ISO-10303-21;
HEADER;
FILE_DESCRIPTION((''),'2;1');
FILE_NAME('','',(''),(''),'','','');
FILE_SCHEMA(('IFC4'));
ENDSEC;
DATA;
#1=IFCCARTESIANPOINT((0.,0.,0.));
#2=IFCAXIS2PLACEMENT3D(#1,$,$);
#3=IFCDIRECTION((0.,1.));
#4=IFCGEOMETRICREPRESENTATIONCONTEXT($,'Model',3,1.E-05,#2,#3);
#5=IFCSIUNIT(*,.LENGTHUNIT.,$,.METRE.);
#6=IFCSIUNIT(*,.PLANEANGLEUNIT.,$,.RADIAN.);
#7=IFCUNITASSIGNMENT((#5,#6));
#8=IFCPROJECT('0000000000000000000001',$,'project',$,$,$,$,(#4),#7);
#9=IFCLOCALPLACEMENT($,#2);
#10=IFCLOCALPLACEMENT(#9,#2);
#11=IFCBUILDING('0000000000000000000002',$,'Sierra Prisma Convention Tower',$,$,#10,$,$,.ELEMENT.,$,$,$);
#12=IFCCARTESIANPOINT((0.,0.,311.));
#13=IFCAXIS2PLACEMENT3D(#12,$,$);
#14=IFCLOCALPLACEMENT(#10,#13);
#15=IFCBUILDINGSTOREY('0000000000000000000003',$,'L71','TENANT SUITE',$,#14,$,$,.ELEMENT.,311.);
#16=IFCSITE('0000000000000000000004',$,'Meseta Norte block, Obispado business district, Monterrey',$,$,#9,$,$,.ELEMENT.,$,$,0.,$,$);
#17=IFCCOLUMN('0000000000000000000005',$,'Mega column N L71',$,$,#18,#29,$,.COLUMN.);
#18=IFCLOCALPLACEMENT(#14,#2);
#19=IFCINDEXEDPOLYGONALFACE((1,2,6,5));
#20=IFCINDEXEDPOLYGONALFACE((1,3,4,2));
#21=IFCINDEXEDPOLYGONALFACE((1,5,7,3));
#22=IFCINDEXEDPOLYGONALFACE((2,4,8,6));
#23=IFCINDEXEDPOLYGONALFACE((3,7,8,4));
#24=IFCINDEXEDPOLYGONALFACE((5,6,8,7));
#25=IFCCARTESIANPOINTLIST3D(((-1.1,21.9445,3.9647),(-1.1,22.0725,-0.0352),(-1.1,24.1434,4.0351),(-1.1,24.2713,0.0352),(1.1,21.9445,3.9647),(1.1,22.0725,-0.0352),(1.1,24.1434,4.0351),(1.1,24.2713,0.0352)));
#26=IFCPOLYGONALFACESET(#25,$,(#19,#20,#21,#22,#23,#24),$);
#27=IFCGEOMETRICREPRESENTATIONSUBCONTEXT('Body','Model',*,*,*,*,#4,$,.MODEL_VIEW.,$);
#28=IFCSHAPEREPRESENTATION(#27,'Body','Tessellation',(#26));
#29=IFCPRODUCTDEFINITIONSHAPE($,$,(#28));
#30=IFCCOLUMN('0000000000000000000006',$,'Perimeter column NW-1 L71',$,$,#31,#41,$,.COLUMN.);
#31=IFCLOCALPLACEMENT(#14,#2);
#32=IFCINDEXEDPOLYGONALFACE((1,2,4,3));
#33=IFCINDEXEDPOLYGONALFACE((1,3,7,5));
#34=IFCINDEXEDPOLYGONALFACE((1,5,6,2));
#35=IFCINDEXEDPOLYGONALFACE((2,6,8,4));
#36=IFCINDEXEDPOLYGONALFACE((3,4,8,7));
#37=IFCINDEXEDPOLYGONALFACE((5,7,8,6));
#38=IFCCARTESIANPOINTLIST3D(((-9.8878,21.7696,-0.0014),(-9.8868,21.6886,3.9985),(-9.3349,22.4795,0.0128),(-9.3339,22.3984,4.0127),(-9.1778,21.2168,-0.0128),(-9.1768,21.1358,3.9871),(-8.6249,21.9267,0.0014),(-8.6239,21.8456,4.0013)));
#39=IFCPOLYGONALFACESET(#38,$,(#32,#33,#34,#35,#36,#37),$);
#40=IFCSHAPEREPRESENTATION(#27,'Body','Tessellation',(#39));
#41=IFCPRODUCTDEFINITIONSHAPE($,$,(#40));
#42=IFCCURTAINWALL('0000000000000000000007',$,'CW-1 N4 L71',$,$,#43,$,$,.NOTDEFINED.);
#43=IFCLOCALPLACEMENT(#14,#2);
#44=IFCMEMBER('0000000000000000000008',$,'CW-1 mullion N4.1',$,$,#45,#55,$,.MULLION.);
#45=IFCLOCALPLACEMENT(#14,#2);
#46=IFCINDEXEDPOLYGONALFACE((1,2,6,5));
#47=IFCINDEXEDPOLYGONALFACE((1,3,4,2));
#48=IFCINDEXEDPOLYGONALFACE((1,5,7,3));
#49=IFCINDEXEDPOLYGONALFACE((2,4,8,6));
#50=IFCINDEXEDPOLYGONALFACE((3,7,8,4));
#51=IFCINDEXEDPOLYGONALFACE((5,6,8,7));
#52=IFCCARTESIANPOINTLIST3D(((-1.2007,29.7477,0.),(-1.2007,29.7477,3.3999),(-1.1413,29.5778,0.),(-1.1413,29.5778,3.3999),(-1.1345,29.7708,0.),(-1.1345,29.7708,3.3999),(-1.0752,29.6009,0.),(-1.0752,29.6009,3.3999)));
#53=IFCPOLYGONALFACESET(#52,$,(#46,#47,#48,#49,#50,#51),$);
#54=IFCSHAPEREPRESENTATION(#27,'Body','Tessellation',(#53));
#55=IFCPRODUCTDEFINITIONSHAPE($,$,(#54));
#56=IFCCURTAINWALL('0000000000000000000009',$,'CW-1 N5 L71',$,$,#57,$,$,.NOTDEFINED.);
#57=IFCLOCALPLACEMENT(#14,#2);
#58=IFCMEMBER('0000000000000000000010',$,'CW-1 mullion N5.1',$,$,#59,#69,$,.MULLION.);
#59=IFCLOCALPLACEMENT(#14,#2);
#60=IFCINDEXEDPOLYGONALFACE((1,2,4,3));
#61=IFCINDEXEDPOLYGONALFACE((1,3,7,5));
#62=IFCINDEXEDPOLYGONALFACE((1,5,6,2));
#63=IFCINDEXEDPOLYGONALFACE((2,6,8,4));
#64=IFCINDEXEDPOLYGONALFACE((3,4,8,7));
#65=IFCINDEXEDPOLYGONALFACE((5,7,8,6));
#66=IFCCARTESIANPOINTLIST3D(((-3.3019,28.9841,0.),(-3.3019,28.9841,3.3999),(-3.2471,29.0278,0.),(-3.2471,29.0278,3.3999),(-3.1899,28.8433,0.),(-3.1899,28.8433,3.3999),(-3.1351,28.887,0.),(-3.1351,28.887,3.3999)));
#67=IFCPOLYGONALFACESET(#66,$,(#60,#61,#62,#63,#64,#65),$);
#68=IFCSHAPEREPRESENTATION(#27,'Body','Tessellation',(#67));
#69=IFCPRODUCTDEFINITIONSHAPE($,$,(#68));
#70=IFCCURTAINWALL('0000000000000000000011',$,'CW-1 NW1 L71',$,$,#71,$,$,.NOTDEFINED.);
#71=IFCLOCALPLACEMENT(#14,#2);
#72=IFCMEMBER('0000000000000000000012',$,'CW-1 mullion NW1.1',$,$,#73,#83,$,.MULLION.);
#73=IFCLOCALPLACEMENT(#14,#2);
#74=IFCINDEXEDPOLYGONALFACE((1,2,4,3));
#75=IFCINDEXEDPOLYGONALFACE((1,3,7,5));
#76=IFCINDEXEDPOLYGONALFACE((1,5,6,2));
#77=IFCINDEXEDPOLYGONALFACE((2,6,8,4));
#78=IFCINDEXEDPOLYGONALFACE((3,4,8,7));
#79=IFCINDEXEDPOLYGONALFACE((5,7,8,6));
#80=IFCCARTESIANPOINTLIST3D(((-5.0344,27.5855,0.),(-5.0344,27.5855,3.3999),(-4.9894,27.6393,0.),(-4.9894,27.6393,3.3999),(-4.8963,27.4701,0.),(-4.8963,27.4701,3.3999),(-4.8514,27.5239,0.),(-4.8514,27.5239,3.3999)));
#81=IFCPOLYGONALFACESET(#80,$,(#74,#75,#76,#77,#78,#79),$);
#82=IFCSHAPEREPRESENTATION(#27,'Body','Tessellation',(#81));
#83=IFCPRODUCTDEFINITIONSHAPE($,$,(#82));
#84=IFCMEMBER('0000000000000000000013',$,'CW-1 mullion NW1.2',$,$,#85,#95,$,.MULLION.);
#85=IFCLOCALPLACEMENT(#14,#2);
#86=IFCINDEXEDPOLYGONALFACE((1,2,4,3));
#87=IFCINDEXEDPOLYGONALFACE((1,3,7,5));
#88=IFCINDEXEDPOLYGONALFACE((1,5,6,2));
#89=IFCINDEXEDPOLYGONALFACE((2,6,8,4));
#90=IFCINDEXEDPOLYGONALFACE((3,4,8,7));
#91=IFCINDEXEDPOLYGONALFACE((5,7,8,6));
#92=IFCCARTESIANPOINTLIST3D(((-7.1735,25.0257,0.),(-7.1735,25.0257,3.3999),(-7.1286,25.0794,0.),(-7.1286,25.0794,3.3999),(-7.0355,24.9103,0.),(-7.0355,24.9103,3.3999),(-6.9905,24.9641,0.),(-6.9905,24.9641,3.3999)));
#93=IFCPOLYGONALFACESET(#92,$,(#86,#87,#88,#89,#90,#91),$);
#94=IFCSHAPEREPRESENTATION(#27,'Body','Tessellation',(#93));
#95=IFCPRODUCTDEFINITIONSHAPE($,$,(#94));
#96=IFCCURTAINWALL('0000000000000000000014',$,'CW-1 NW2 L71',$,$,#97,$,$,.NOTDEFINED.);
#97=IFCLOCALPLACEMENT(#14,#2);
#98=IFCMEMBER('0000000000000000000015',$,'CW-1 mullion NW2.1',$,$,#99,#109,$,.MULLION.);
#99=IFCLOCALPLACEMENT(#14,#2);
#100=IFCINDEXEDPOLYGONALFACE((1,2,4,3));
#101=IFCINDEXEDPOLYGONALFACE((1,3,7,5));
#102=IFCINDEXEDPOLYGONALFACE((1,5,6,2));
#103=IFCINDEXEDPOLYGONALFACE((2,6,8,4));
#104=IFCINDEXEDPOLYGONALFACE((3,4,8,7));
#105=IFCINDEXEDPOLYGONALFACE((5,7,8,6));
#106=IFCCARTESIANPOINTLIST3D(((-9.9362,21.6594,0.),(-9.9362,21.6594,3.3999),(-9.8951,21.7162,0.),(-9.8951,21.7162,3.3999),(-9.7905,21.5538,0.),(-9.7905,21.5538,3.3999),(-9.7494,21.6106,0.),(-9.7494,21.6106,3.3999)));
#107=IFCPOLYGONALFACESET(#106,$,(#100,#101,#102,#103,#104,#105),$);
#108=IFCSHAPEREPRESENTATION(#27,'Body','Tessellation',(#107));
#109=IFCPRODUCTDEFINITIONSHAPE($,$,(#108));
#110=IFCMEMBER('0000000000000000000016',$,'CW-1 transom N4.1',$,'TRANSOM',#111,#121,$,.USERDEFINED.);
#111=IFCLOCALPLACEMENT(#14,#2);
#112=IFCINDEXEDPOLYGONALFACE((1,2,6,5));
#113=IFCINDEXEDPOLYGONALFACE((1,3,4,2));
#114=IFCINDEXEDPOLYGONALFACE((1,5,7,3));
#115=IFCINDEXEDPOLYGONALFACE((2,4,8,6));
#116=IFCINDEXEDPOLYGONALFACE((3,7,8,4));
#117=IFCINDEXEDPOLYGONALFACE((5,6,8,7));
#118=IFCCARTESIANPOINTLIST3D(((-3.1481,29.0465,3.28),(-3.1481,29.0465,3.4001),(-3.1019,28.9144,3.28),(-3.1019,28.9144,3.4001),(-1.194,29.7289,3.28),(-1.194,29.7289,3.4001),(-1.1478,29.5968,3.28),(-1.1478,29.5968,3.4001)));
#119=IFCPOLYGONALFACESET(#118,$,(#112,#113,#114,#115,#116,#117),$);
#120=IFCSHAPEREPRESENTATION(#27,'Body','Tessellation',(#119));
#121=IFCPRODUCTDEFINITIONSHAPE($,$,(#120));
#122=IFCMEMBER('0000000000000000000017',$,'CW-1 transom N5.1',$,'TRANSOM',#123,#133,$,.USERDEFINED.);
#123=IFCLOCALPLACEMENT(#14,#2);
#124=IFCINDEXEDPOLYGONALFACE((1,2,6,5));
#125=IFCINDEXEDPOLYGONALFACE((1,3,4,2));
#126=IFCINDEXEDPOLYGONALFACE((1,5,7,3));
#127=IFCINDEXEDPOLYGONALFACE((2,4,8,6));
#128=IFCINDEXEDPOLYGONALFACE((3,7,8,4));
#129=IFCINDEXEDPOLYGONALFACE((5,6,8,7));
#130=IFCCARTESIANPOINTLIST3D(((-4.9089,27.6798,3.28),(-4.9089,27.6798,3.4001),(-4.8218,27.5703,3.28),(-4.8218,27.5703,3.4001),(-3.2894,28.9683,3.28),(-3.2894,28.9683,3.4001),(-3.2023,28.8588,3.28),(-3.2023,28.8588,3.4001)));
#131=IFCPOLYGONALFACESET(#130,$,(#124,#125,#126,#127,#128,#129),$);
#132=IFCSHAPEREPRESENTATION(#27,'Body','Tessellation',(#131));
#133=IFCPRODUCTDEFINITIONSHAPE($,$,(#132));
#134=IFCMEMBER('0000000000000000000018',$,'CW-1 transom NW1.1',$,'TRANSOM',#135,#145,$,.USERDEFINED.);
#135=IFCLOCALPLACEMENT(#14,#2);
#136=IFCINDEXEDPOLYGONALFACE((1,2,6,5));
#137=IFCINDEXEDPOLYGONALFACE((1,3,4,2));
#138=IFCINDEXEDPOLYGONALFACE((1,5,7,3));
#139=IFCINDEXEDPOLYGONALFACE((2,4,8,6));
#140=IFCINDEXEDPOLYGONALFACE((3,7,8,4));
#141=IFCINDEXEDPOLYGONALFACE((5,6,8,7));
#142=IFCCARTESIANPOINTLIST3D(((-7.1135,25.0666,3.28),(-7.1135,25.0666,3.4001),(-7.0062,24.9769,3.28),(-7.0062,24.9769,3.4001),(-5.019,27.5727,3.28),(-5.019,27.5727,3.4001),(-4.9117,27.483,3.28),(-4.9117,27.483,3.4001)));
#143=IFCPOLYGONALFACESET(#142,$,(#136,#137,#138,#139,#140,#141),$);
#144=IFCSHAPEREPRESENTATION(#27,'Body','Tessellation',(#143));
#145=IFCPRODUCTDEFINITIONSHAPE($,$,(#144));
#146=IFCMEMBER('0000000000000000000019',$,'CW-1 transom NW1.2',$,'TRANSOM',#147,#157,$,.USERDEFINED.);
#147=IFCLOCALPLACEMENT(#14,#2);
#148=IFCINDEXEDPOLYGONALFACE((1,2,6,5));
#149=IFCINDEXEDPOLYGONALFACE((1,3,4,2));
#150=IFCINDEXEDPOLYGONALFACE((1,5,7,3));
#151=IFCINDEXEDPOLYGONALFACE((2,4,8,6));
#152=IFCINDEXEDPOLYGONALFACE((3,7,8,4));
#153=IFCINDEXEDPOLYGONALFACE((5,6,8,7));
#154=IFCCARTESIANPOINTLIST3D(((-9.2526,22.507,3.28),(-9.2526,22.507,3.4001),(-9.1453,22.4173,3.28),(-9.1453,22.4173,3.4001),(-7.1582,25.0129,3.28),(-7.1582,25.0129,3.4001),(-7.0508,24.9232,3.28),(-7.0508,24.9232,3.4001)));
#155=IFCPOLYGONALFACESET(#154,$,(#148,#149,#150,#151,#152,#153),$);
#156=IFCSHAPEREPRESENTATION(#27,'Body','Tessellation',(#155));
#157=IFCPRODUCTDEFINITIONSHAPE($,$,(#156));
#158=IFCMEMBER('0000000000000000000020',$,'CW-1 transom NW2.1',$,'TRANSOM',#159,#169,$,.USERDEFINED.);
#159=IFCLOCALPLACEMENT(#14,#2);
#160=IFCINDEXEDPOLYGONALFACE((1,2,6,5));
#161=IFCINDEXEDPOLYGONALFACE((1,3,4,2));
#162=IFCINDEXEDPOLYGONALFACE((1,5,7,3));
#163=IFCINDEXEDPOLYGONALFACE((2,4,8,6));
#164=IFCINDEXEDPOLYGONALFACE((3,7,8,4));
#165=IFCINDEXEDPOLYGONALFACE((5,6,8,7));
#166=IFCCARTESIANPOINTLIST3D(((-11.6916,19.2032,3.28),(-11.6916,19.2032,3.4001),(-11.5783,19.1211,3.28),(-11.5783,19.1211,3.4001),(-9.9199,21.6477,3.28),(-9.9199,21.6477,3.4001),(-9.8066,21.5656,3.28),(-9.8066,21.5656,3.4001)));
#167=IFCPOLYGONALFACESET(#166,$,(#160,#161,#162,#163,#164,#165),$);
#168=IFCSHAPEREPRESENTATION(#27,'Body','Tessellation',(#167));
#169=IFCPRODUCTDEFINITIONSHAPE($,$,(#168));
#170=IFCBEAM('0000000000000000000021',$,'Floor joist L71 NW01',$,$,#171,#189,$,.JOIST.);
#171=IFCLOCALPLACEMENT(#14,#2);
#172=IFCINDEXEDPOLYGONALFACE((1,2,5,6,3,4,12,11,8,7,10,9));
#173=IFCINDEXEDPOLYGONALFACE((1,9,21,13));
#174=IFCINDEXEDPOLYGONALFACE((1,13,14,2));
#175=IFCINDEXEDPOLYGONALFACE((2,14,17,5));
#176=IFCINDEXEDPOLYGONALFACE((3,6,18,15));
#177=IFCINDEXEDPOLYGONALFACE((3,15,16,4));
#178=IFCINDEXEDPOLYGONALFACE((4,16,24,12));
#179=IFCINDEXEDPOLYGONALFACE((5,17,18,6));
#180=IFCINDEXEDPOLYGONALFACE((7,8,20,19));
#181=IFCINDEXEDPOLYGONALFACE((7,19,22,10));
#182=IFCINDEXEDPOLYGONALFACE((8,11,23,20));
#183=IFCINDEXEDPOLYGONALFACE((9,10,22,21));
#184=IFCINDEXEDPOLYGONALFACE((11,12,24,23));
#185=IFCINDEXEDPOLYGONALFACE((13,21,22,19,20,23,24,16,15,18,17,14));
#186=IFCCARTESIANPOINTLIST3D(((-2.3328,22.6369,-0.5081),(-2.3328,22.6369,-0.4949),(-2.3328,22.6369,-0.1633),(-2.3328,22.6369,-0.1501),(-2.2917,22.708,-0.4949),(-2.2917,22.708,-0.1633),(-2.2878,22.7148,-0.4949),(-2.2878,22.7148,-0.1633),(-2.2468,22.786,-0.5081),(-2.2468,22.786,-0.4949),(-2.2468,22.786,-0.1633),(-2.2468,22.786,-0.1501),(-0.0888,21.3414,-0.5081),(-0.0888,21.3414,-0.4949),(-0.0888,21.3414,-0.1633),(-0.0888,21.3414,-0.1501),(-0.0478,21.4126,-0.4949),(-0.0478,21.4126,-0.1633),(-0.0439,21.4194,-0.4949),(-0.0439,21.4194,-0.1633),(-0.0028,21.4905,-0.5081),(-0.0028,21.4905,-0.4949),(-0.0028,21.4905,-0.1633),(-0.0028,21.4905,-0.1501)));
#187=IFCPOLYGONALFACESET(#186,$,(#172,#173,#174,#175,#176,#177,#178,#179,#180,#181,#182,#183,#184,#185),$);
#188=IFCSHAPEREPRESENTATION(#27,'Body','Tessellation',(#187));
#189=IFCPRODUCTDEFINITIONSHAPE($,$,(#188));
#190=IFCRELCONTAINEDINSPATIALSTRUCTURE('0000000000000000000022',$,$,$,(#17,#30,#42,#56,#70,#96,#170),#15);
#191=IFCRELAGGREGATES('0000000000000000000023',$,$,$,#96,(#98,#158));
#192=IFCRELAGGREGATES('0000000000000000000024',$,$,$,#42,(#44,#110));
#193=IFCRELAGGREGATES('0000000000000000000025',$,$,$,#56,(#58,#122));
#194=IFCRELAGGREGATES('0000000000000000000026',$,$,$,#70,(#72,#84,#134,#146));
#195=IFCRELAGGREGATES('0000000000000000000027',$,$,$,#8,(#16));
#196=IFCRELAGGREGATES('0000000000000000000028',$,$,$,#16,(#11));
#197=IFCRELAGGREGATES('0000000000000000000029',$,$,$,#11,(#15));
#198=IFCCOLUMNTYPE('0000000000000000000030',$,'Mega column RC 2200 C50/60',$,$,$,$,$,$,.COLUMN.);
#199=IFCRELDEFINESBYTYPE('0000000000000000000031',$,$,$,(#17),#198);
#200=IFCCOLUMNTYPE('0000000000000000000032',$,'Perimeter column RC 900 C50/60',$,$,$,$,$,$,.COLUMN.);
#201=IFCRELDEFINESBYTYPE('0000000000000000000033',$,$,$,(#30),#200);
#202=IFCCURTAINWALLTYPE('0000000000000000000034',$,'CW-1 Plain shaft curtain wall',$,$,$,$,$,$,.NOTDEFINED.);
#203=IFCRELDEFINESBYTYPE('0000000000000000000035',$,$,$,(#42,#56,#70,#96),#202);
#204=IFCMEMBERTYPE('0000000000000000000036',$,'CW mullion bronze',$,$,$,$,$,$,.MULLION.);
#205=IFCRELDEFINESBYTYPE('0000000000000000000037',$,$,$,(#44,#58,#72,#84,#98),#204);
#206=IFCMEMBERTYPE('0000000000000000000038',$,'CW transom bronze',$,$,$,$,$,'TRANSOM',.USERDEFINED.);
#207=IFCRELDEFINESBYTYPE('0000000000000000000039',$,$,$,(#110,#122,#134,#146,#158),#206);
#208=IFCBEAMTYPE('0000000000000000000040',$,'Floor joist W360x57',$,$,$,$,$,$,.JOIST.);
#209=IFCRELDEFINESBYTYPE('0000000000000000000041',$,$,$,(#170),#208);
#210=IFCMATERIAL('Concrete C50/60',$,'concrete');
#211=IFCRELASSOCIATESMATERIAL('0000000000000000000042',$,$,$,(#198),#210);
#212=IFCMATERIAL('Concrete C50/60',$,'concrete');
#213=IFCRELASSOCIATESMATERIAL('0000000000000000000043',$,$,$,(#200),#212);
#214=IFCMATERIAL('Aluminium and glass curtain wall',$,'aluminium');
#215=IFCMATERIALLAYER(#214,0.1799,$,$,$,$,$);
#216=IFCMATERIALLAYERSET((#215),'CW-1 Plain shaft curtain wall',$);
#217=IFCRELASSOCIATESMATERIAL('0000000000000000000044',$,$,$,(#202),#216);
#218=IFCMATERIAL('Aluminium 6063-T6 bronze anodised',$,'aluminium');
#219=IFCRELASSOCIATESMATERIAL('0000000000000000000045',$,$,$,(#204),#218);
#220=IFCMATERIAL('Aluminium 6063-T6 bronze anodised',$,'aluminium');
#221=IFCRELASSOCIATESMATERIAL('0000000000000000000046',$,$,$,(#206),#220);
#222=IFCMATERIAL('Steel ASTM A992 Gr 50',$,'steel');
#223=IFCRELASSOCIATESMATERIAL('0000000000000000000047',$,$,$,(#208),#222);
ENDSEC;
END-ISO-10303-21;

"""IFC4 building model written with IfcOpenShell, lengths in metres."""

from ifc_helpers import new_model, si_unit, direction, frame, origin, origin_2d, place, context, subcontext, project, spatial, rectangle, i_section, extrude, material, layer, layer_set, material_profile, profile_set, type_object, element, aggregate, save


model = new_model("IFC4")

# Units and contexts
model_context = context("Model", 3, precision=1e-05, world=origin(), true_north=direction((0.0, 1.0)))
body_context = subcontext(model_context, "Body", "Model", "MODEL_VIEW")
ifc_project = project(units=[si_unit("LENGTHUNIT", "METRE"), si_unit("PLANEANGLEUNIT", "RADIAN")], contexts=[model_context])

# Site, building, storey
site_placement = place(None, origin())
site = spatial("IfcSite", under=ifc_project, at=site_placement, Name="Meseta Norte block, Obispado business district, Monterrey", CompositionType="ELEMENT", RefElevation=0.0)
building_placement = place(site_placement, origin())
building = spatial("IfcBuilding", under=site, at=building_placement, Name="Sierra Prisma Convention Tower", CompositionType="ELEMENT")
storey_placement = place(building_placement, frame((0.0, 0.0, 311.0)))
storey = spatial("IfcBuildingStorey", under=building, at=storey_placement, Name="L71", Description="TENANT SUITE", CompositionType="ELEMENT", Elevation=311.0)

# Columns
ifc_material_1 = material(Name="Concrete C50/60", Category="concrete")
ifc_material_profile_1 = material_profile(ifc_material_1, rectangle(XDim=2.2, YDim=2.2, at=origin_2d()), Name="Mega column RC 2200 C50/60")
ifc_profile_set_1 = profile_set([ifc_material_profile_1], Name="Concrete C50/60")
column_type_1 = type_object("IfcColumnType", Name="Mega column RC 2200 C50/60", PredefinedType="COLUMN", material=ifc_profile_set_1)
column_1_placement = place(storey_placement, frame((0.0, 23.1719, 0.0), z_axis=(0.0, -0.031966, 0.999489), x_axis=(1.0, 0.0, 0.0)))
element("IfcColumn", 1, at=column_1_placement, inside=storey, type_object=column_type_1, Name="Mega column N L71", PredefinedType="COLUMN", context=body_context, shape_type="SweptSolid", body=[
    extrude(rectangle(XDim=2.2, YDim=2.2, at=origin_2d()), origin(), (0.0, 0.0, 1.0), 4.002),
])
ifc_material_2 = material(Name="Concrete C50/60", Category="concrete")
ifc_material_profile_2 = material_profile(ifc_material_2, rectangle(XDim=0.8999, YDim=0.8999, at=origin_2d()), Name="Perimeter column RC 900 C50/60")
ifc_profile_set_2 = profile_set([ifc_material_profile_2], Name="Concrete C50/60")
column_type_2 = type_object("IfcColumnType", Name="Perimeter column RC 900 C50/60", PredefinedType="COLUMN", material=ifc_profile_set_2)
column_2_placement = place(storey_placement, frame((-9.2563, 21.8481, 0.0), z_axis=(0.000244, -0.02026, 0.999795), x_axis=(0.614435, 0.788808, 0.015834)))
element("IfcColumn", 2, at=column_2_placement, inside=storey, type_object=column_type_2, Name="Perimeter column NW-1 L71", PredefinedType="COLUMN", context=body_context, shape_type="SweptSolid", body=[
    extrude(rectangle(XDim=0.8999, YDim=0.8999, at=origin_2d()), origin(), (0.0, 0.0, 1.0), 4.0007),
])

# Curtain walls, members
ifc_material_3 = material(Name="Aluminium and glass curtain wall", Category="aluminium")
ifc_layer_1 = layer(ifc_material_3, 0.1799)
ifc_layer_set_1 = layer_set([ifc_layer_1], Name="CW-1 Plain shaft curtain wall")
curtain_wall_type = type_object("IfcCurtainWallType", Name="CW-1 Plain shaft curtain wall", PredefinedType="NOTDEFINED", material=ifc_layer_set_1)
curtain_wall_1_placement = place(storey_placement, origin())
curtain_wall_1 = element("IfcCurtainWall", 3, at=curtain_wall_1_placement, inside=storey, type_object=curtain_wall_type, Name="CW-1 N4 L71", PredefinedType="NOTDEFINED")
ifc_material_4 = material(Name="Aluminium 6063-T6 bronze anodised", Category="aluminium")
ifc_material_profile_3 = material_profile(ifc_material_4, rectangle(XDim=0.1799, YDim=0.0701, at=origin_2d()), Name="ALU MULLION 70x180")
ifc_profile_set_3 = profile_set([ifc_material_profile_3], Name="Aluminium 6063-T6 bronze anodised")
member_type_1 = type_object("IfcMemberType", Name="CW mullion bronze", PredefinedType="MULLION", material=ifc_profile_set_3)
member_1_placement = place(storey_placement, frame((-1.1379, 29.6743, 0.0), z_axis=(0.0, 0.0, 1.0), x_axis=(0.329748, -0.944069, 0.0)))
member_1 = element("IfcMember", 4, at=member_1_placement, type_object=member_type_1, Name="CW-1 mullion N4.1", PredefinedType="MULLION", context=body_context, shape_type="SweptSolid", body=[
    extrude(rectangle(XDim=0.1799, YDim=0.0701, at=origin_2d()), origin(), (0.0, 0.0, 1.0), 3.3999),
])
curtain_wall_2_placement = place(storey_placement, origin())
curtain_wall_2 = element("IfcCurtainWall", 5, at=curtain_wall_2_placement, inside=storey, type_object=curtain_wall_type, Name="CW-1 N5 L71", PredefinedType="NOTDEFINED")
member_2_placement = place(storey_placement, frame((-3.2185, 28.9355, 0.0), z_axis=(0.0, 0.0, 1.0), x_axis=(0.62261, -0.782533, 0.0)))
member_2 = element("IfcMember", 6, at=member_2_placement, type_object=member_type_1, Name="CW-1 mullion N5.1", PredefinedType="MULLION", context=body_context, shape_type="SweptSolid", body=[
    extrude(rectangle(XDim=0.1799, YDim=0.0701, at=origin_2d()), origin(), (0.0, 0.0, 1.0), 3.3999),
])

# Curtain wall, members
curtain_wall_3_placement = place(storey_placement, origin())
curtain_wall_3 = element("IfcCurtainWall", 7, at=curtain_wall_3_placement, inside=storey, type_object=curtain_wall_type, Name="CW-1 NW1 L71", PredefinedType="NOTDEFINED")
member_3_placement = place(storey_placement, frame((-4.9429, 27.5547, 0.0), z_axis=(0.0, 0.0, 1.0), x_axis=(0.767293, -0.641297, 0.0)))
member_3 = element("IfcMember", 8, at=member_3_placement, type_object=member_type_1, Name="CW-1 mullion NW1.1", PredefinedType="MULLION", context=body_context, shape_type="SweptSolid", body=[
    extrude(rectangle(XDim=0.1799, YDim=0.0701, at=origin_2d()), origin(), (0.0, 0.0, 1.0), 3.3999),
])
member_4_placement = place(storey_placement, frame((-7.082, 24.9949, 0.0), z_axis=(0.0, 0.0, 1.0), x_axis=(0.767293, -0.641297, 0.0)))
member_4 = element("IfcMember", 9, at=member_4_placement, type_object=member_type_1, Name="CW-1 mullion NW1.2", PredefinedType="MULLION", context=body_context, shape_type="SweptSolid", body=[
    extrude(rectangle(XDim=0.1799, YDim=0.0701, at=origin_2d()), origin(), (0.0, 0.0, 1.0), 3.3999),
])

# Curtain wall, member
curtain_wall_4_placement = place(storey_placement, origin())
curtain_wall_4 = element("IfcCurtainWall", 10, at=curtain_wall_4_placement, inside=storey, type_object=curtain_wall_type, Name="CW-1 NW2 L71", PredefinedType="NOTDEFINED")
member_5_placement = place(storey_placement, frame((-9.8428, 21.635, 0.0), z_axis=(0.0, 0.0, 1.0), x_axis=(0.809702, -0.586841, 0.0)))
member_5 = element("IfcMember", 11, at=member_5_placement, type_object=member_type_1, Name="CW-1 mullion NW2.1", PredefinedType="MULLION", context=body_context, shape_type="SweptSolid", body=[
    extrude(rectangle(XDim=0.1799, YDim=0.0701, at=origin_2d()), origin(), (0.0, 0.0, 1.0), 3.3999),
])

# Members
ifc_material_5 = material(Name="Aluminium 6063-T6 bronze anodised", Category="aluminium")
ifc_material_profile_4 = material_profile(ifc_material_5, rectangle(XDim=0.1399, YDim=0.1201, at=origin_2d()), Name="ALU TRANSOM 120x140")
ifc_profile_set_4 = profile_set([ifc_material_profile_4], Name="Aluminium 6063-T6 bronze anodised")
member_type_2 = type_object("IfcMemberType", Name="CW transom bronze", ElementType="TRANSOM", PredefinedType="USERDEFINED", material=ifc_profile_set_4)
member_6_placement = place(storey_placement, frame((-1.1709, 29.6628, 3.3401), z_axis=(-0.944093, -0.329678, 0.0), x_axis=(0.329678, -0.944093, 0.0)))
member_6 = element("IfcMember", 12, at=member_6_placement, type_object=member_type_2, Name="CW-1 transom N4.1", ObjectType="TRANSOM", PredefinedType="USERDEFINED", context=body_context, shape_type="SweptSolid", body=[
    extrude(rectangle(XDim=0.1399, YDim=0.1201, at=origin_2d()), origin(), (0.0, 0.0, 1.0), 2.0698),
])
member_7_placement = place(storey_placement, frame((-3.2458, 28.9136, 3.3401), z_axis=(-0.782546, -0.622593, 0.0), x_axis=(0.622593, -0.782546, 0.0)))
member_7 = element("IfcMember", 13, at=member_7_placement, type_object=member_type_2, Name="CW-1 transom N5.1", ObjectType="TRANSOM", PredefinedType="USERDEFINED", context=body_context, shape_type="SweptSolid", body=[
    extrude(rectangle(XDim=0.1399, YDim=0.1201, at=origin_2d()), origin(), (0.0, 0.0, 1.0), 2.0696),
])
member_8_placement = place(storey_placement, frame((-4.9653, 27.5278, 3.3401), z_axis=(-0.641279, -0.767308, 0.0), x_axis=(0.767308, -0.641279, 0.0)))
member_8 = element("IfcMember", 14, at=member_8_placement, type_object=member_type_2, Name="CW-1 transom NW1.1", ObjectType="TRANSOM", PredefinedType="USERDEFINED", context=body_context, shape_type="SweptSolid", body=[
    extrude(rectangle(XDim=0.1399, YDim=0.1201, at=origin_2d()), origin(), (0.0, 0.0, 1.0), 3.2661),
])
member_9_placement = place(storey_placement, frame((-7.1045, 24.968, 3.3401), z_axis=(-0.641316, -0.767277, 0.0), x_axis=(0.767277, -0.641316, 0.0)))
member_9 = element("IfcMember", 15, at=member_9_placement, type_object=member_type_2, Name="CW-1 transom NW1.2", ObjectType="TRANSOM", PredefinedType="USERDEFINED", context=body_context, shape_type="SweptSolid", body=[
    extrude(rectangle(XDim=0.1399, YDim=0.1201, at=origin_2d()), origin(), (0.0, 0.0, 1.0), 3.2659),
])
member_10_placement = place(storey_placement, frame((-9.8633, 21.6067, 3.3401), z_axis=(-0.586839, -0.809704, 0.0), x_axis=(0.809704, -0.586839, 0.0)))
member_10 = element("IfcMember", 16, at=member_10_placement, type_object=member_type_2, Name="CW-1 transom NW2.1", ObjectType="TRANSOM", PredefinedType="USERDEFINED", context=body_context, shape_type="SweptSolid", body=[
    extrude(rectangle(XDim=0.1399, YDim=0.1201, at=origin_2d()), origin(), (0.0, 0.0, 1.0), 3.019),
])
aggregate(curtain_wall_4, [member_5, member_10])

# Beam
ifc_material_6 = material(Name="Steel ASTM A992 Gr 50", Category="steel")
ifc_material_profile_5 = material_profile(ifc_material_6, i_section(OverallWidth=0.1721, OverallDepth=0.3579, WebThickness=0.0078, FlangeThickness=0.0132, at=origin_2d()), Name="W360x57")
ifc_profile_set_5 = profile_set([ifc_material_profile_5], Name="Steel ASTM A992 Gr 50")
beam_type_1 = type_object("IfcBeamType", Name="Floor joist W360x57", PredefinedType="JOIST", material=ifc_profile_set_5)
beam_1_placement = place(storey_placement, frame((-2.2898, 22.7114, -0.3291), z_axis=(0.866043, -0.49997, 0.0), x_axis=(0.49997, 0.866043, 0.0)))
element("IfcBeam", 17, at=beam_1_placement, inside=storey, type_object=beam_type_1, Name="Floor joist L71 NW01", PredefinedType="JOIST", context=body_context, shape_type="SweptSolid", body=[
    extrude(i_section(OverallWidth=0.1721, OverallDepth=0.3579, WebThickness=0.0078, FlangeThickness=0.0132, at=origin_2d()), origin(), (0.0, 0.0, 1.0), 2.5911),
])

aggregate(curtain_wall_1, [member_1, member_6])
aggregate(curtain_wall_2, [member_2, member_7])
aggregate(curtain_wall_3, [member_3, member_4, member_8, member_9])

save(model, "model.ifc")
